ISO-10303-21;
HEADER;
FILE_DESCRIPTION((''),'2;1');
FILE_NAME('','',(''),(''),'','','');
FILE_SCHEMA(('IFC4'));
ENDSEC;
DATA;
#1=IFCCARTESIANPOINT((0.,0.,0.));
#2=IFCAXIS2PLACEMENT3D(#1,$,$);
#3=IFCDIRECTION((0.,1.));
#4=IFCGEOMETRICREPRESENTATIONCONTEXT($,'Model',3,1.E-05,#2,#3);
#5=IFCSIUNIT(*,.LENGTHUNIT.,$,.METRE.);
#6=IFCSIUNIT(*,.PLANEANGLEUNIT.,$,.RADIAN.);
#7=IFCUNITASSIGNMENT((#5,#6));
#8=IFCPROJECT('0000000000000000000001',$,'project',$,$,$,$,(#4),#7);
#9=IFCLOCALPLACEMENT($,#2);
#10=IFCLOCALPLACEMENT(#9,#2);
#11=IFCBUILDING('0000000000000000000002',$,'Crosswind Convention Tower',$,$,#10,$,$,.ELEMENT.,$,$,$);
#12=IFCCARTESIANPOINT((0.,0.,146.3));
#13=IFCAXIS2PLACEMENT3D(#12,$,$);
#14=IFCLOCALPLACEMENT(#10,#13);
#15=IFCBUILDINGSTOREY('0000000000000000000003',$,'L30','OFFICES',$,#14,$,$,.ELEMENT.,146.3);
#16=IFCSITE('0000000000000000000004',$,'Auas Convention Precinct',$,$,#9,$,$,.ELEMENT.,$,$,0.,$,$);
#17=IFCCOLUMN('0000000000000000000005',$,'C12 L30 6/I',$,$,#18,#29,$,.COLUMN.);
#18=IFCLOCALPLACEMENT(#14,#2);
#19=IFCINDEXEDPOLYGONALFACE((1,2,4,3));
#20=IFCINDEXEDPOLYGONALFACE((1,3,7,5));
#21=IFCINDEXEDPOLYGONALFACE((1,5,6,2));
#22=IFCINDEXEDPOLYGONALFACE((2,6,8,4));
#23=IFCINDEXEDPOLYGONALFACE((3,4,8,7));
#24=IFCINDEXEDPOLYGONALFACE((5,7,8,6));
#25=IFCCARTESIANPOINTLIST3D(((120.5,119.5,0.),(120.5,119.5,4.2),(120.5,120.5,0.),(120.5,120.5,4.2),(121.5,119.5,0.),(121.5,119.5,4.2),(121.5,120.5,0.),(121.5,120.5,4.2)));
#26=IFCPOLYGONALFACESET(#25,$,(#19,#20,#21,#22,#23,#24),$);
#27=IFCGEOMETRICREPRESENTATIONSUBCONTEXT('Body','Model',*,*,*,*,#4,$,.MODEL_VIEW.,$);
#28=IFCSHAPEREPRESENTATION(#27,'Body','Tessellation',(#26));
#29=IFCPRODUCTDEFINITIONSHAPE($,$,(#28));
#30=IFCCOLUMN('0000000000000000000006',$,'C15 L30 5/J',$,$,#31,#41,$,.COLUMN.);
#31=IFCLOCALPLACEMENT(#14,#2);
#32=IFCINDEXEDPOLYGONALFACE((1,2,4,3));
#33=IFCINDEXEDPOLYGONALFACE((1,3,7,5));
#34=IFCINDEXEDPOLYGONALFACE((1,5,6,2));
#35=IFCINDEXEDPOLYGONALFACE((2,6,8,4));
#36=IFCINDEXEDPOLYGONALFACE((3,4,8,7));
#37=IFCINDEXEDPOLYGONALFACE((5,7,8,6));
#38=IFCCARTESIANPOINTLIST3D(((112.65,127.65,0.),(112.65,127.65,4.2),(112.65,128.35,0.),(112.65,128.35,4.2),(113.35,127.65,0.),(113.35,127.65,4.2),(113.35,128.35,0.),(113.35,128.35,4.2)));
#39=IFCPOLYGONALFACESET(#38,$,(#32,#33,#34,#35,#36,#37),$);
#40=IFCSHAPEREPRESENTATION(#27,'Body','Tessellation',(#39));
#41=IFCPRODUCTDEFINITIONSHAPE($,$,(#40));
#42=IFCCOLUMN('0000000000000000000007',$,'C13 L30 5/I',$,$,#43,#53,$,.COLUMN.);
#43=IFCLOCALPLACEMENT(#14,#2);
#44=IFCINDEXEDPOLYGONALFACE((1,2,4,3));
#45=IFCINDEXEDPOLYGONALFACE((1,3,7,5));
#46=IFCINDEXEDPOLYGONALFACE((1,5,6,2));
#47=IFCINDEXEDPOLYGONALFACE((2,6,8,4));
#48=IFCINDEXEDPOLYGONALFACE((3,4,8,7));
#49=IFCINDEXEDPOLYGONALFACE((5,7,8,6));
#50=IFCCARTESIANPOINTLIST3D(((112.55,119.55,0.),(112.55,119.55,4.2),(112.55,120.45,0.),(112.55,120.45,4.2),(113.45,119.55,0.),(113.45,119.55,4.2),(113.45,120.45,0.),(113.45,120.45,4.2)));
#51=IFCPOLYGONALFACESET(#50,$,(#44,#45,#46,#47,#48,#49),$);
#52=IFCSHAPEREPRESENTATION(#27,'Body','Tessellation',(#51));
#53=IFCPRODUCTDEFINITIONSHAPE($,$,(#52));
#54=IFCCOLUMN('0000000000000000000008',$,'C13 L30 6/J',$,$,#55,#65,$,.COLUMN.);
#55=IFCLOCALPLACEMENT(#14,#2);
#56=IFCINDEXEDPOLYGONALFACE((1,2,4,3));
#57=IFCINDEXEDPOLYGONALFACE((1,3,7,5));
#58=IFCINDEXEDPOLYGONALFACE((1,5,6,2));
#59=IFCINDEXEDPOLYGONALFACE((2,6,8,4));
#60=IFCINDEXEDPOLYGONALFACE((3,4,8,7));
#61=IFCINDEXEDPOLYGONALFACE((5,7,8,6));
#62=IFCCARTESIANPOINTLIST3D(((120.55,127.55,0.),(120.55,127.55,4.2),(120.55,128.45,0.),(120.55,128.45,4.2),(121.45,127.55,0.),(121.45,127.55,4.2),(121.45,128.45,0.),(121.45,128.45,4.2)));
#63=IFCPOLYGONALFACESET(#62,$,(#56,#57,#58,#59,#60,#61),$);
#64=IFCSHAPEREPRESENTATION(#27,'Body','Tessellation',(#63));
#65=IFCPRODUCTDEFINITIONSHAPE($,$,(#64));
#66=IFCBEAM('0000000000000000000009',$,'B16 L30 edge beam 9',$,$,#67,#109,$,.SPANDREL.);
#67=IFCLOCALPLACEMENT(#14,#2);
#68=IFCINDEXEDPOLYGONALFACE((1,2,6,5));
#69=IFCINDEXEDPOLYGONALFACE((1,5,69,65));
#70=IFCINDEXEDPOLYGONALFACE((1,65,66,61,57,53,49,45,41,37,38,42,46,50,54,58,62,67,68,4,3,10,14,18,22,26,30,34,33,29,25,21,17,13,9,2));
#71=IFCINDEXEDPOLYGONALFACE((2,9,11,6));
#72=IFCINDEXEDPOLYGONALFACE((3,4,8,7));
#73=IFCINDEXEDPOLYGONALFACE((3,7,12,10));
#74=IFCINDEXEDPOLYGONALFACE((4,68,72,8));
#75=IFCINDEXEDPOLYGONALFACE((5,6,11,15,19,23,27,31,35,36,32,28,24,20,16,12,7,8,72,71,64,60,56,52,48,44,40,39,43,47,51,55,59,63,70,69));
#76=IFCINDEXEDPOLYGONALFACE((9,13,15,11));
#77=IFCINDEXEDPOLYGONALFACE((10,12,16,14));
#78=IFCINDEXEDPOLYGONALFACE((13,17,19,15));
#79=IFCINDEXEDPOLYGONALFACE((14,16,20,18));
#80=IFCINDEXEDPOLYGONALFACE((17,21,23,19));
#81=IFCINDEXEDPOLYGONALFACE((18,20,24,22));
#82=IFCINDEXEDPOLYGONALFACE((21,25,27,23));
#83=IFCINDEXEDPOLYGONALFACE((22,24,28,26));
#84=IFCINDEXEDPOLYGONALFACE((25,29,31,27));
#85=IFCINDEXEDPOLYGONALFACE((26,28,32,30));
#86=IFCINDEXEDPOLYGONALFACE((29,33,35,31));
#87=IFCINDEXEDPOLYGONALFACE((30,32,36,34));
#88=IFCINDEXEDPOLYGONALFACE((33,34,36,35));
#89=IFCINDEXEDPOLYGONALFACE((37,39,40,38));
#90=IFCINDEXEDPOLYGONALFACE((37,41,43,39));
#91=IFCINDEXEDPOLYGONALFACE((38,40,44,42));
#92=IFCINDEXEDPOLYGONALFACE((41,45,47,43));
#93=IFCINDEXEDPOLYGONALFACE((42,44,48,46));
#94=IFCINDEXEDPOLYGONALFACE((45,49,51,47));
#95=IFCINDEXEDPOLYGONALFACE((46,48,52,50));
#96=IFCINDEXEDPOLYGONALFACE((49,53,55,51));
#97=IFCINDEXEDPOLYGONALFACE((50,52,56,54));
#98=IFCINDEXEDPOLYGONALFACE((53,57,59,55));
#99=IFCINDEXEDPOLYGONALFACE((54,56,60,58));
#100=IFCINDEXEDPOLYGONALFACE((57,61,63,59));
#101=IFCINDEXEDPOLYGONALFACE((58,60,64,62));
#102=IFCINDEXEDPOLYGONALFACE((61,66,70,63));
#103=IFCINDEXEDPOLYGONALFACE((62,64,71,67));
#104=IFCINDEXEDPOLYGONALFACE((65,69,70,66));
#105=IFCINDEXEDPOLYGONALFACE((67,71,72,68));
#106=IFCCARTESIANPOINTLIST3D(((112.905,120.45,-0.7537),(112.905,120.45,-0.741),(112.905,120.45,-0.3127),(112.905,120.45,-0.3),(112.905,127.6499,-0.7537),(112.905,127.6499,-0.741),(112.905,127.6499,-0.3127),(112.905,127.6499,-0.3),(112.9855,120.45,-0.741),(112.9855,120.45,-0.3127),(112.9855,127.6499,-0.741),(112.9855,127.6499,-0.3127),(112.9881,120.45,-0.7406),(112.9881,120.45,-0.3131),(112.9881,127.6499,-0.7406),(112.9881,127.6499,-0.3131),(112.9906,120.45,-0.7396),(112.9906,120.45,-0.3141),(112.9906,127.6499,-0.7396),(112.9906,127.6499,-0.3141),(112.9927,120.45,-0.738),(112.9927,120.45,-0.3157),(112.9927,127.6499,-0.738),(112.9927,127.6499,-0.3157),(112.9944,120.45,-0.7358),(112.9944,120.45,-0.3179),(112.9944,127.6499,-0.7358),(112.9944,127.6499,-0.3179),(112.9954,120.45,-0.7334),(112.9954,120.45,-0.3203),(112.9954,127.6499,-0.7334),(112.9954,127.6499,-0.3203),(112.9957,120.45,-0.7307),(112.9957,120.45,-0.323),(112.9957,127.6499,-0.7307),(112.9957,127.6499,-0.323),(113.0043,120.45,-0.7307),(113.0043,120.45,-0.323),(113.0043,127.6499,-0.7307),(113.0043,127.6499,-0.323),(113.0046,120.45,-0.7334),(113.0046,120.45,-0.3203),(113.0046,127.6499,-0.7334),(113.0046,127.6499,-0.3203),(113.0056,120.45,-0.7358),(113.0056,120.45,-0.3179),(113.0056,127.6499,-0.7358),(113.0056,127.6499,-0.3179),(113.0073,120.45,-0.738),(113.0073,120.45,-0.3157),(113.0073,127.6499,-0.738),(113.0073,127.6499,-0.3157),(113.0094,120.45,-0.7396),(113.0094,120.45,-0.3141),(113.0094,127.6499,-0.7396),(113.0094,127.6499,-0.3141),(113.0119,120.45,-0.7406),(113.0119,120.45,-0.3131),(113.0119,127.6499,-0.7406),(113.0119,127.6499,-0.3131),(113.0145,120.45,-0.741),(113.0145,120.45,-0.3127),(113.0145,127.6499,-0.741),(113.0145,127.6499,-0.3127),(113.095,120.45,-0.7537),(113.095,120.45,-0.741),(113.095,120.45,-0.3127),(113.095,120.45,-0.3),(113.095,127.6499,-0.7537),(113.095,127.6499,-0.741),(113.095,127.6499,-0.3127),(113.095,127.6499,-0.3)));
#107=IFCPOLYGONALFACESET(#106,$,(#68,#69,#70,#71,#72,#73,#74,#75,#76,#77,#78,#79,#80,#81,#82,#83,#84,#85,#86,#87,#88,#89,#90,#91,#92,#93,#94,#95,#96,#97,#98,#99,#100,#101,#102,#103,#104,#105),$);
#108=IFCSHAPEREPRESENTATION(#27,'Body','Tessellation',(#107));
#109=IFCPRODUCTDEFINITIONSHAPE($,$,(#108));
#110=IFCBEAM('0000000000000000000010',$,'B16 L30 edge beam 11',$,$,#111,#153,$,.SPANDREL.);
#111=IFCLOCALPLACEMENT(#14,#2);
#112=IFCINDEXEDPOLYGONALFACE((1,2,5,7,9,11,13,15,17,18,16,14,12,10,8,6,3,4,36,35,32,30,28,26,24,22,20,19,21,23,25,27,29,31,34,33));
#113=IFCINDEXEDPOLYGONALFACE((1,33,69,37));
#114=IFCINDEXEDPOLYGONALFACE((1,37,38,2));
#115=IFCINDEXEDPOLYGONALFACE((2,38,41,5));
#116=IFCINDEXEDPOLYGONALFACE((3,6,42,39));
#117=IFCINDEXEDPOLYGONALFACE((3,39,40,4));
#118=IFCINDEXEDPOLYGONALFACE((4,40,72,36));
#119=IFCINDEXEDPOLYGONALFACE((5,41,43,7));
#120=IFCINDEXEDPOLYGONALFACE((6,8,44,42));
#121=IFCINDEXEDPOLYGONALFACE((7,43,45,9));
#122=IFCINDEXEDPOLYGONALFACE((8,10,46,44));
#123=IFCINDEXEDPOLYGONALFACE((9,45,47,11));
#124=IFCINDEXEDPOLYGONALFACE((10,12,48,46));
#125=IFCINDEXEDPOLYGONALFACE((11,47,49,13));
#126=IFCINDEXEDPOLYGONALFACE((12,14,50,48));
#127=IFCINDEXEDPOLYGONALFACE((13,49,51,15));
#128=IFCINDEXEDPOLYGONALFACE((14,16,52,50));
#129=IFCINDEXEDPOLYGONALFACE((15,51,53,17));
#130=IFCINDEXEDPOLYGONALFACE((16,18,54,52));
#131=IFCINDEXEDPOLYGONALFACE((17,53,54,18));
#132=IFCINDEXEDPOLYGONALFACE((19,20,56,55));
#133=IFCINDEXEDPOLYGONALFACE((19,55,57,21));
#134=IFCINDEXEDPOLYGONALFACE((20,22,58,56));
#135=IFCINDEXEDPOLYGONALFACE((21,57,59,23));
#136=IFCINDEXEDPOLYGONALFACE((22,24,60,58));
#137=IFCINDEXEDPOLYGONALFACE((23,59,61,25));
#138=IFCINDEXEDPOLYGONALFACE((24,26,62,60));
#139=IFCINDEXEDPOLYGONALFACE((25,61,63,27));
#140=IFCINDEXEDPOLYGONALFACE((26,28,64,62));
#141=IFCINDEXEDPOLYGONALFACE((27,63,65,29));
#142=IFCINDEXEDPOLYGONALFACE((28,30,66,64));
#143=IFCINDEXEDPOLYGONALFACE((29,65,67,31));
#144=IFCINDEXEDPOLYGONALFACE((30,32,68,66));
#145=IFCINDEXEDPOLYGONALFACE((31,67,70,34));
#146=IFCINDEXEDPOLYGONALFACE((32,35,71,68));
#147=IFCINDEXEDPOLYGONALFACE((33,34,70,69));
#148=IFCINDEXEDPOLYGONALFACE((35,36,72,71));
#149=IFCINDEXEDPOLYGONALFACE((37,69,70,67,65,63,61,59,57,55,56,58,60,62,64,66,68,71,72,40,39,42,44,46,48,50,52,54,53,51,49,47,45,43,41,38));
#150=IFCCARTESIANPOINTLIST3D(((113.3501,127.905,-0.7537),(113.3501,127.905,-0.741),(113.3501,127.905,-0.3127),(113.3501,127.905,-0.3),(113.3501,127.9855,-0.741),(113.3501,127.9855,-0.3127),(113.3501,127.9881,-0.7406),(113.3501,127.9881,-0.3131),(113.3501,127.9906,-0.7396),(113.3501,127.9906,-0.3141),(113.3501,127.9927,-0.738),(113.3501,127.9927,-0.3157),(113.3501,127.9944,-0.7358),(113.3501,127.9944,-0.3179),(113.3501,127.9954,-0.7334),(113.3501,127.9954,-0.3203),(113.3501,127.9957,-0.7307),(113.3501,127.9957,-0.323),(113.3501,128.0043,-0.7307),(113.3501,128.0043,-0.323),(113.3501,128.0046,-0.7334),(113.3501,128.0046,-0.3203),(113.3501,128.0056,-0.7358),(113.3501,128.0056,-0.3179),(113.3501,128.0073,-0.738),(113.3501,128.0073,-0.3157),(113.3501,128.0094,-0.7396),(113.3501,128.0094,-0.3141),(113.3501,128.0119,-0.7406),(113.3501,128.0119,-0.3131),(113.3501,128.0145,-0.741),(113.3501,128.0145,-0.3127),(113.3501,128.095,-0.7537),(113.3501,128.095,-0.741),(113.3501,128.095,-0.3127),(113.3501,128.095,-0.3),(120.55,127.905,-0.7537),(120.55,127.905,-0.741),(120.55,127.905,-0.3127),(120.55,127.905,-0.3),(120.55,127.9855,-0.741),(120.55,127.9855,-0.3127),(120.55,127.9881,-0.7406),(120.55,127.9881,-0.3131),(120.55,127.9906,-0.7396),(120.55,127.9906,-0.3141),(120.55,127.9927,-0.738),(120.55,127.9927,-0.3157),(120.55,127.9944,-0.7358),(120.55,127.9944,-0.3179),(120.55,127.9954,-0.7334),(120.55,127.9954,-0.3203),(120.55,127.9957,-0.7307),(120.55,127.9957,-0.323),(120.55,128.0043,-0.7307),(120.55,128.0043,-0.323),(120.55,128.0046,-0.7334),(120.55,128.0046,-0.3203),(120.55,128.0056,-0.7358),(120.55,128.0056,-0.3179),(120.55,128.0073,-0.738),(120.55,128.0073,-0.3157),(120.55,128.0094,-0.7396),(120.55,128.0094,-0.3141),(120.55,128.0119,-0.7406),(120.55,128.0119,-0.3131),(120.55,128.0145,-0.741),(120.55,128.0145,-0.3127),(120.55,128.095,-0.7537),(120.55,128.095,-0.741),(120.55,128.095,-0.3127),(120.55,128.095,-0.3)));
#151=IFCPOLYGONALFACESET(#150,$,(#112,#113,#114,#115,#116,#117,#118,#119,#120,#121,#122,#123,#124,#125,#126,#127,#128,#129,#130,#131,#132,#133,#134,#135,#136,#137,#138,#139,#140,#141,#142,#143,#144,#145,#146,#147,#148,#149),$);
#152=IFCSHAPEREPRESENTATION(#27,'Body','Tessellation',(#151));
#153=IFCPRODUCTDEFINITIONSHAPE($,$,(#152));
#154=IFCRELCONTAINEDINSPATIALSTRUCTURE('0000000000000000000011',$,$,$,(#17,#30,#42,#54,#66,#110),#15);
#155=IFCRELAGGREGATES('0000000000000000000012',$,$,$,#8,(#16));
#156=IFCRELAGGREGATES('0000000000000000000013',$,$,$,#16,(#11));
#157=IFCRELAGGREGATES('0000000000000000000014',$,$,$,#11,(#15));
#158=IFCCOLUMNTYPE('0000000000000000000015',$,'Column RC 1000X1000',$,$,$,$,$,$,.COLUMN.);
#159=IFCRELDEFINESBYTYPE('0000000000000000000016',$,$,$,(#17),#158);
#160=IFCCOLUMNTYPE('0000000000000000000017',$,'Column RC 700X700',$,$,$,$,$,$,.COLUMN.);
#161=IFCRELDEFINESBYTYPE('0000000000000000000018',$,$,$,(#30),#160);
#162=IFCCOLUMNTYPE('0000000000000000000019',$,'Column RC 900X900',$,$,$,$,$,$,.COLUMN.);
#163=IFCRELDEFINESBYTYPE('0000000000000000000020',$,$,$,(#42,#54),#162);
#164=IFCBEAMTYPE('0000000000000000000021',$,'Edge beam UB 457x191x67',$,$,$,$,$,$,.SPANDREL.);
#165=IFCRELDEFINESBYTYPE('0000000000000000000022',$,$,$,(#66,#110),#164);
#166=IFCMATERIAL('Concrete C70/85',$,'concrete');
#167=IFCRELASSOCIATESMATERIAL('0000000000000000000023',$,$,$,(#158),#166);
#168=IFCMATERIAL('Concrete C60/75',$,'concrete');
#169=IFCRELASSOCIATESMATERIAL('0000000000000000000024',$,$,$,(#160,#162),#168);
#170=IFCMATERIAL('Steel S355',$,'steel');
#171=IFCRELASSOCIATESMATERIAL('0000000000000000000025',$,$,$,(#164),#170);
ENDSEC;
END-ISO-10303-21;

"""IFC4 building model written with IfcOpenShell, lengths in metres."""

from ifc_helpers import new_model, si_unit, direction, frame, origin, origin_2d, place, context, subcontext, project, spatial, rectangle, i_section, extrude, material, material_profile, profile_set, type_object, element, save


model = new_model("IFC4")

# Units and contexts
model_context = context("Model", 3, precision=1e-05, world=origin(), true_north=direction((0.0, 1.0)))
body_context = subcontext(model_context, "Body", "Model", "MODEL_VIEW")
ifc_project = project(units=[si_unit("LENGTHUNIT", "METRE"), si_unit("PLANEANGLEUNIT", "RADIAN")], contexts=[model_context])

# Site, building, storey
site_placement = place(None, origin())
site = spatial("IfcSite", under=ifc_project, at=site_placement, Name="Auas Convention Precinct", CompositionType="ELEMENT", RefElevation=0.0)
building_placement = place(site_placement, origin())
building = spatial("IfcBuilding", under=site, at=building_placement, Name="Crosswind Convention Tower", CompositionType="ELEMENT")
storey_placement = place(building_placement, frame((0.0, 0.0, 146.3)))
storey = spatial("IfcBuildingStorey", under=building, at=storey_placement, Name="L30", Description="OFFICES", CompositionType="ELEMENT", Elevation=146.3)

# Columns
ifc_material_1 = material(Name="Concrete C70/85", Category="concrete")
ifc_material_profile_1 = material_profile(ifc_material_1, rectangle(XDim=1.0, YDim=1.0, at=origin_2d()), Name="RC 1000X1000")
ifc_profile_set_1 = profile_set([ifc_material_profile_1], Name="Concrete C70/85")
column_type_1 = type_object("IfcColumnType", Name="Column RC 1000X1000", PredefinedType="COLUMN", material=ifc_profile_set_1)
column_1_placement = place(storey_placement, frame((121.0, 120.0, 0.0), z_axis=(0.0, 0.0, 1.0), x_axis=(1.0, 0.0, 0.0)))
element("IfcColumn", 1, at=column_1_placement, inside=storey, type_object=column_type_1, Name="C12 L30 6/I", PredefinedType="COLUMN", context=body_context, shape_type="SweptSolid", body=[
    extrude(rectangle(XDim=1.0, YDim=1.0, at=origin_2d()), origin(), (0.0, 0.0, 1.0), 4.2),
])
ifc_material_2 = material(Name="Concrete C60/75", Category="concrete")
ifc_material_profile_2 = material_profile(ifc_material_2, rectangle(XDim=0.7, YDim=0.7, at=origin_2d()), Name="RC 700X700")
ifc_profile_set_2 = profile_set([ifc_material_profile_2], Name="Concrete C60/75")
column_type_2 = type_object("IfcColumnType", Name="Column RC 700X700", PredefinedType="COLUMN", material=ifc_profile_set_2)
column_2_placement = place(storey_placement, frame((113.0, 128.0, 0.0), z_axis=(0.0, 0.0, 1.0), x_axis=(1.0, 0.0, 0.0)))
element("IfcColumn", 2, at=column_2_placement, inside=storey, type_object=column_type_2, Name="C15 L30 5/J", PredefinedType="COLUMN", context=body_context, shape_type="SweptSolid", body=[
    extrude(rectangle(XDim=0.7, YDim=0.7, at=origin_2d()), origin(), (0.0, 0.0, 1.0), 4.2),
])
ifc_material_profile_3 = material_profile(ifc_material_2, rectangle(XDim=0.8999, YDim=0.8999, at=origin_2d()), Name="RC 900X900")
ifc_profile_set_3 = profile_set([ifc_material_profile_3], Name="Concrete C60/75")
column_type_3 = type_object("IfcColumnType", Name="Column RC 900X900", PredefinedType="COLUMN", material=ifc_profile_set_3)
for number, where, z_axis, x_axis, name in (
    (3, (113.0, 120.0, 0.0), (0.0, 0.0, 1.0), (1.0, 0.0, 0.0), "C13 L30 5/I"),
    (4, (121.0, 128.0, 0.0), (0.0, 0.0, 1.0), (1.0, 0.0, 0.0), "C13 L30 6/J"),
):
    element("IfcColumn", number, at=place(storey_placement, frame(where, z_axis=z_axis, x_axis=x_axis)), inside=storey, type_object=column_type_3, Name=name, PredefinedType="COLUMN", context=body_context, shape_type="SweptSolid", body=[
        extrude(rectangle(XDim=0.8999, YDim=0.8999, at=origin_2d()), origin(), (0.0, 0.0, 1.0), 4.2),
    ])

# Beams
ifc_material_3 = material(Name="Steel S355", Category="steel")
ifc_material_profile_4 = material_profile(ifc_material_3, i_section(OverallWidth=0.1899, OverallDepth=0.4536, WebThickness=0.0085, FlangeThickness=0.0127, FilletRadius=0.0103, at=origin_2d()), Name="UB 457x191x67")
ifc_profile_set_4 = profile_set([ifc_material_profile_4], Name="Steel S355")
beam_type_1 = type_object("IfcBeamType", Name="Edge beam UB 457x191x67", PredefinedType="SPANDREL", material=ifc_profile_set_4)
for number, where, z_axis, x_axis, name in (
    (5, (113.0, 120.45, -0.5269), (0.0, 1.0, 0.0), (-1.0, 0.0, 0.0), "B16 L30 edge beam 9"),
    (6, (113.3501, 128.0, -0.5269), (1.0, 0.0, 0.0), (0.0, 1.0, 0.0), "B16 L30 edge beam 11"),
):
    element("IfcBeam", number, at=place(storey_placement, frame(where, z_axis=z_axis, x_axis=x_axis)), inside=storey, type_object=beam_type_1, Name=name, PredefinedType="SPANDREL", context=body_context, shape_type="SweptSolid", body=[
        extrude(i_section(OverallWidth=0.1899, OverallDepth=0.4536, WebThickness=0.0085, FlangeThickness=0.0127, FilletRadius=0.0103, at=origin_2d()), origin(), (0.0, 0.0, 1.0), 7.2),
    ])

save(model, "model.ifc")
